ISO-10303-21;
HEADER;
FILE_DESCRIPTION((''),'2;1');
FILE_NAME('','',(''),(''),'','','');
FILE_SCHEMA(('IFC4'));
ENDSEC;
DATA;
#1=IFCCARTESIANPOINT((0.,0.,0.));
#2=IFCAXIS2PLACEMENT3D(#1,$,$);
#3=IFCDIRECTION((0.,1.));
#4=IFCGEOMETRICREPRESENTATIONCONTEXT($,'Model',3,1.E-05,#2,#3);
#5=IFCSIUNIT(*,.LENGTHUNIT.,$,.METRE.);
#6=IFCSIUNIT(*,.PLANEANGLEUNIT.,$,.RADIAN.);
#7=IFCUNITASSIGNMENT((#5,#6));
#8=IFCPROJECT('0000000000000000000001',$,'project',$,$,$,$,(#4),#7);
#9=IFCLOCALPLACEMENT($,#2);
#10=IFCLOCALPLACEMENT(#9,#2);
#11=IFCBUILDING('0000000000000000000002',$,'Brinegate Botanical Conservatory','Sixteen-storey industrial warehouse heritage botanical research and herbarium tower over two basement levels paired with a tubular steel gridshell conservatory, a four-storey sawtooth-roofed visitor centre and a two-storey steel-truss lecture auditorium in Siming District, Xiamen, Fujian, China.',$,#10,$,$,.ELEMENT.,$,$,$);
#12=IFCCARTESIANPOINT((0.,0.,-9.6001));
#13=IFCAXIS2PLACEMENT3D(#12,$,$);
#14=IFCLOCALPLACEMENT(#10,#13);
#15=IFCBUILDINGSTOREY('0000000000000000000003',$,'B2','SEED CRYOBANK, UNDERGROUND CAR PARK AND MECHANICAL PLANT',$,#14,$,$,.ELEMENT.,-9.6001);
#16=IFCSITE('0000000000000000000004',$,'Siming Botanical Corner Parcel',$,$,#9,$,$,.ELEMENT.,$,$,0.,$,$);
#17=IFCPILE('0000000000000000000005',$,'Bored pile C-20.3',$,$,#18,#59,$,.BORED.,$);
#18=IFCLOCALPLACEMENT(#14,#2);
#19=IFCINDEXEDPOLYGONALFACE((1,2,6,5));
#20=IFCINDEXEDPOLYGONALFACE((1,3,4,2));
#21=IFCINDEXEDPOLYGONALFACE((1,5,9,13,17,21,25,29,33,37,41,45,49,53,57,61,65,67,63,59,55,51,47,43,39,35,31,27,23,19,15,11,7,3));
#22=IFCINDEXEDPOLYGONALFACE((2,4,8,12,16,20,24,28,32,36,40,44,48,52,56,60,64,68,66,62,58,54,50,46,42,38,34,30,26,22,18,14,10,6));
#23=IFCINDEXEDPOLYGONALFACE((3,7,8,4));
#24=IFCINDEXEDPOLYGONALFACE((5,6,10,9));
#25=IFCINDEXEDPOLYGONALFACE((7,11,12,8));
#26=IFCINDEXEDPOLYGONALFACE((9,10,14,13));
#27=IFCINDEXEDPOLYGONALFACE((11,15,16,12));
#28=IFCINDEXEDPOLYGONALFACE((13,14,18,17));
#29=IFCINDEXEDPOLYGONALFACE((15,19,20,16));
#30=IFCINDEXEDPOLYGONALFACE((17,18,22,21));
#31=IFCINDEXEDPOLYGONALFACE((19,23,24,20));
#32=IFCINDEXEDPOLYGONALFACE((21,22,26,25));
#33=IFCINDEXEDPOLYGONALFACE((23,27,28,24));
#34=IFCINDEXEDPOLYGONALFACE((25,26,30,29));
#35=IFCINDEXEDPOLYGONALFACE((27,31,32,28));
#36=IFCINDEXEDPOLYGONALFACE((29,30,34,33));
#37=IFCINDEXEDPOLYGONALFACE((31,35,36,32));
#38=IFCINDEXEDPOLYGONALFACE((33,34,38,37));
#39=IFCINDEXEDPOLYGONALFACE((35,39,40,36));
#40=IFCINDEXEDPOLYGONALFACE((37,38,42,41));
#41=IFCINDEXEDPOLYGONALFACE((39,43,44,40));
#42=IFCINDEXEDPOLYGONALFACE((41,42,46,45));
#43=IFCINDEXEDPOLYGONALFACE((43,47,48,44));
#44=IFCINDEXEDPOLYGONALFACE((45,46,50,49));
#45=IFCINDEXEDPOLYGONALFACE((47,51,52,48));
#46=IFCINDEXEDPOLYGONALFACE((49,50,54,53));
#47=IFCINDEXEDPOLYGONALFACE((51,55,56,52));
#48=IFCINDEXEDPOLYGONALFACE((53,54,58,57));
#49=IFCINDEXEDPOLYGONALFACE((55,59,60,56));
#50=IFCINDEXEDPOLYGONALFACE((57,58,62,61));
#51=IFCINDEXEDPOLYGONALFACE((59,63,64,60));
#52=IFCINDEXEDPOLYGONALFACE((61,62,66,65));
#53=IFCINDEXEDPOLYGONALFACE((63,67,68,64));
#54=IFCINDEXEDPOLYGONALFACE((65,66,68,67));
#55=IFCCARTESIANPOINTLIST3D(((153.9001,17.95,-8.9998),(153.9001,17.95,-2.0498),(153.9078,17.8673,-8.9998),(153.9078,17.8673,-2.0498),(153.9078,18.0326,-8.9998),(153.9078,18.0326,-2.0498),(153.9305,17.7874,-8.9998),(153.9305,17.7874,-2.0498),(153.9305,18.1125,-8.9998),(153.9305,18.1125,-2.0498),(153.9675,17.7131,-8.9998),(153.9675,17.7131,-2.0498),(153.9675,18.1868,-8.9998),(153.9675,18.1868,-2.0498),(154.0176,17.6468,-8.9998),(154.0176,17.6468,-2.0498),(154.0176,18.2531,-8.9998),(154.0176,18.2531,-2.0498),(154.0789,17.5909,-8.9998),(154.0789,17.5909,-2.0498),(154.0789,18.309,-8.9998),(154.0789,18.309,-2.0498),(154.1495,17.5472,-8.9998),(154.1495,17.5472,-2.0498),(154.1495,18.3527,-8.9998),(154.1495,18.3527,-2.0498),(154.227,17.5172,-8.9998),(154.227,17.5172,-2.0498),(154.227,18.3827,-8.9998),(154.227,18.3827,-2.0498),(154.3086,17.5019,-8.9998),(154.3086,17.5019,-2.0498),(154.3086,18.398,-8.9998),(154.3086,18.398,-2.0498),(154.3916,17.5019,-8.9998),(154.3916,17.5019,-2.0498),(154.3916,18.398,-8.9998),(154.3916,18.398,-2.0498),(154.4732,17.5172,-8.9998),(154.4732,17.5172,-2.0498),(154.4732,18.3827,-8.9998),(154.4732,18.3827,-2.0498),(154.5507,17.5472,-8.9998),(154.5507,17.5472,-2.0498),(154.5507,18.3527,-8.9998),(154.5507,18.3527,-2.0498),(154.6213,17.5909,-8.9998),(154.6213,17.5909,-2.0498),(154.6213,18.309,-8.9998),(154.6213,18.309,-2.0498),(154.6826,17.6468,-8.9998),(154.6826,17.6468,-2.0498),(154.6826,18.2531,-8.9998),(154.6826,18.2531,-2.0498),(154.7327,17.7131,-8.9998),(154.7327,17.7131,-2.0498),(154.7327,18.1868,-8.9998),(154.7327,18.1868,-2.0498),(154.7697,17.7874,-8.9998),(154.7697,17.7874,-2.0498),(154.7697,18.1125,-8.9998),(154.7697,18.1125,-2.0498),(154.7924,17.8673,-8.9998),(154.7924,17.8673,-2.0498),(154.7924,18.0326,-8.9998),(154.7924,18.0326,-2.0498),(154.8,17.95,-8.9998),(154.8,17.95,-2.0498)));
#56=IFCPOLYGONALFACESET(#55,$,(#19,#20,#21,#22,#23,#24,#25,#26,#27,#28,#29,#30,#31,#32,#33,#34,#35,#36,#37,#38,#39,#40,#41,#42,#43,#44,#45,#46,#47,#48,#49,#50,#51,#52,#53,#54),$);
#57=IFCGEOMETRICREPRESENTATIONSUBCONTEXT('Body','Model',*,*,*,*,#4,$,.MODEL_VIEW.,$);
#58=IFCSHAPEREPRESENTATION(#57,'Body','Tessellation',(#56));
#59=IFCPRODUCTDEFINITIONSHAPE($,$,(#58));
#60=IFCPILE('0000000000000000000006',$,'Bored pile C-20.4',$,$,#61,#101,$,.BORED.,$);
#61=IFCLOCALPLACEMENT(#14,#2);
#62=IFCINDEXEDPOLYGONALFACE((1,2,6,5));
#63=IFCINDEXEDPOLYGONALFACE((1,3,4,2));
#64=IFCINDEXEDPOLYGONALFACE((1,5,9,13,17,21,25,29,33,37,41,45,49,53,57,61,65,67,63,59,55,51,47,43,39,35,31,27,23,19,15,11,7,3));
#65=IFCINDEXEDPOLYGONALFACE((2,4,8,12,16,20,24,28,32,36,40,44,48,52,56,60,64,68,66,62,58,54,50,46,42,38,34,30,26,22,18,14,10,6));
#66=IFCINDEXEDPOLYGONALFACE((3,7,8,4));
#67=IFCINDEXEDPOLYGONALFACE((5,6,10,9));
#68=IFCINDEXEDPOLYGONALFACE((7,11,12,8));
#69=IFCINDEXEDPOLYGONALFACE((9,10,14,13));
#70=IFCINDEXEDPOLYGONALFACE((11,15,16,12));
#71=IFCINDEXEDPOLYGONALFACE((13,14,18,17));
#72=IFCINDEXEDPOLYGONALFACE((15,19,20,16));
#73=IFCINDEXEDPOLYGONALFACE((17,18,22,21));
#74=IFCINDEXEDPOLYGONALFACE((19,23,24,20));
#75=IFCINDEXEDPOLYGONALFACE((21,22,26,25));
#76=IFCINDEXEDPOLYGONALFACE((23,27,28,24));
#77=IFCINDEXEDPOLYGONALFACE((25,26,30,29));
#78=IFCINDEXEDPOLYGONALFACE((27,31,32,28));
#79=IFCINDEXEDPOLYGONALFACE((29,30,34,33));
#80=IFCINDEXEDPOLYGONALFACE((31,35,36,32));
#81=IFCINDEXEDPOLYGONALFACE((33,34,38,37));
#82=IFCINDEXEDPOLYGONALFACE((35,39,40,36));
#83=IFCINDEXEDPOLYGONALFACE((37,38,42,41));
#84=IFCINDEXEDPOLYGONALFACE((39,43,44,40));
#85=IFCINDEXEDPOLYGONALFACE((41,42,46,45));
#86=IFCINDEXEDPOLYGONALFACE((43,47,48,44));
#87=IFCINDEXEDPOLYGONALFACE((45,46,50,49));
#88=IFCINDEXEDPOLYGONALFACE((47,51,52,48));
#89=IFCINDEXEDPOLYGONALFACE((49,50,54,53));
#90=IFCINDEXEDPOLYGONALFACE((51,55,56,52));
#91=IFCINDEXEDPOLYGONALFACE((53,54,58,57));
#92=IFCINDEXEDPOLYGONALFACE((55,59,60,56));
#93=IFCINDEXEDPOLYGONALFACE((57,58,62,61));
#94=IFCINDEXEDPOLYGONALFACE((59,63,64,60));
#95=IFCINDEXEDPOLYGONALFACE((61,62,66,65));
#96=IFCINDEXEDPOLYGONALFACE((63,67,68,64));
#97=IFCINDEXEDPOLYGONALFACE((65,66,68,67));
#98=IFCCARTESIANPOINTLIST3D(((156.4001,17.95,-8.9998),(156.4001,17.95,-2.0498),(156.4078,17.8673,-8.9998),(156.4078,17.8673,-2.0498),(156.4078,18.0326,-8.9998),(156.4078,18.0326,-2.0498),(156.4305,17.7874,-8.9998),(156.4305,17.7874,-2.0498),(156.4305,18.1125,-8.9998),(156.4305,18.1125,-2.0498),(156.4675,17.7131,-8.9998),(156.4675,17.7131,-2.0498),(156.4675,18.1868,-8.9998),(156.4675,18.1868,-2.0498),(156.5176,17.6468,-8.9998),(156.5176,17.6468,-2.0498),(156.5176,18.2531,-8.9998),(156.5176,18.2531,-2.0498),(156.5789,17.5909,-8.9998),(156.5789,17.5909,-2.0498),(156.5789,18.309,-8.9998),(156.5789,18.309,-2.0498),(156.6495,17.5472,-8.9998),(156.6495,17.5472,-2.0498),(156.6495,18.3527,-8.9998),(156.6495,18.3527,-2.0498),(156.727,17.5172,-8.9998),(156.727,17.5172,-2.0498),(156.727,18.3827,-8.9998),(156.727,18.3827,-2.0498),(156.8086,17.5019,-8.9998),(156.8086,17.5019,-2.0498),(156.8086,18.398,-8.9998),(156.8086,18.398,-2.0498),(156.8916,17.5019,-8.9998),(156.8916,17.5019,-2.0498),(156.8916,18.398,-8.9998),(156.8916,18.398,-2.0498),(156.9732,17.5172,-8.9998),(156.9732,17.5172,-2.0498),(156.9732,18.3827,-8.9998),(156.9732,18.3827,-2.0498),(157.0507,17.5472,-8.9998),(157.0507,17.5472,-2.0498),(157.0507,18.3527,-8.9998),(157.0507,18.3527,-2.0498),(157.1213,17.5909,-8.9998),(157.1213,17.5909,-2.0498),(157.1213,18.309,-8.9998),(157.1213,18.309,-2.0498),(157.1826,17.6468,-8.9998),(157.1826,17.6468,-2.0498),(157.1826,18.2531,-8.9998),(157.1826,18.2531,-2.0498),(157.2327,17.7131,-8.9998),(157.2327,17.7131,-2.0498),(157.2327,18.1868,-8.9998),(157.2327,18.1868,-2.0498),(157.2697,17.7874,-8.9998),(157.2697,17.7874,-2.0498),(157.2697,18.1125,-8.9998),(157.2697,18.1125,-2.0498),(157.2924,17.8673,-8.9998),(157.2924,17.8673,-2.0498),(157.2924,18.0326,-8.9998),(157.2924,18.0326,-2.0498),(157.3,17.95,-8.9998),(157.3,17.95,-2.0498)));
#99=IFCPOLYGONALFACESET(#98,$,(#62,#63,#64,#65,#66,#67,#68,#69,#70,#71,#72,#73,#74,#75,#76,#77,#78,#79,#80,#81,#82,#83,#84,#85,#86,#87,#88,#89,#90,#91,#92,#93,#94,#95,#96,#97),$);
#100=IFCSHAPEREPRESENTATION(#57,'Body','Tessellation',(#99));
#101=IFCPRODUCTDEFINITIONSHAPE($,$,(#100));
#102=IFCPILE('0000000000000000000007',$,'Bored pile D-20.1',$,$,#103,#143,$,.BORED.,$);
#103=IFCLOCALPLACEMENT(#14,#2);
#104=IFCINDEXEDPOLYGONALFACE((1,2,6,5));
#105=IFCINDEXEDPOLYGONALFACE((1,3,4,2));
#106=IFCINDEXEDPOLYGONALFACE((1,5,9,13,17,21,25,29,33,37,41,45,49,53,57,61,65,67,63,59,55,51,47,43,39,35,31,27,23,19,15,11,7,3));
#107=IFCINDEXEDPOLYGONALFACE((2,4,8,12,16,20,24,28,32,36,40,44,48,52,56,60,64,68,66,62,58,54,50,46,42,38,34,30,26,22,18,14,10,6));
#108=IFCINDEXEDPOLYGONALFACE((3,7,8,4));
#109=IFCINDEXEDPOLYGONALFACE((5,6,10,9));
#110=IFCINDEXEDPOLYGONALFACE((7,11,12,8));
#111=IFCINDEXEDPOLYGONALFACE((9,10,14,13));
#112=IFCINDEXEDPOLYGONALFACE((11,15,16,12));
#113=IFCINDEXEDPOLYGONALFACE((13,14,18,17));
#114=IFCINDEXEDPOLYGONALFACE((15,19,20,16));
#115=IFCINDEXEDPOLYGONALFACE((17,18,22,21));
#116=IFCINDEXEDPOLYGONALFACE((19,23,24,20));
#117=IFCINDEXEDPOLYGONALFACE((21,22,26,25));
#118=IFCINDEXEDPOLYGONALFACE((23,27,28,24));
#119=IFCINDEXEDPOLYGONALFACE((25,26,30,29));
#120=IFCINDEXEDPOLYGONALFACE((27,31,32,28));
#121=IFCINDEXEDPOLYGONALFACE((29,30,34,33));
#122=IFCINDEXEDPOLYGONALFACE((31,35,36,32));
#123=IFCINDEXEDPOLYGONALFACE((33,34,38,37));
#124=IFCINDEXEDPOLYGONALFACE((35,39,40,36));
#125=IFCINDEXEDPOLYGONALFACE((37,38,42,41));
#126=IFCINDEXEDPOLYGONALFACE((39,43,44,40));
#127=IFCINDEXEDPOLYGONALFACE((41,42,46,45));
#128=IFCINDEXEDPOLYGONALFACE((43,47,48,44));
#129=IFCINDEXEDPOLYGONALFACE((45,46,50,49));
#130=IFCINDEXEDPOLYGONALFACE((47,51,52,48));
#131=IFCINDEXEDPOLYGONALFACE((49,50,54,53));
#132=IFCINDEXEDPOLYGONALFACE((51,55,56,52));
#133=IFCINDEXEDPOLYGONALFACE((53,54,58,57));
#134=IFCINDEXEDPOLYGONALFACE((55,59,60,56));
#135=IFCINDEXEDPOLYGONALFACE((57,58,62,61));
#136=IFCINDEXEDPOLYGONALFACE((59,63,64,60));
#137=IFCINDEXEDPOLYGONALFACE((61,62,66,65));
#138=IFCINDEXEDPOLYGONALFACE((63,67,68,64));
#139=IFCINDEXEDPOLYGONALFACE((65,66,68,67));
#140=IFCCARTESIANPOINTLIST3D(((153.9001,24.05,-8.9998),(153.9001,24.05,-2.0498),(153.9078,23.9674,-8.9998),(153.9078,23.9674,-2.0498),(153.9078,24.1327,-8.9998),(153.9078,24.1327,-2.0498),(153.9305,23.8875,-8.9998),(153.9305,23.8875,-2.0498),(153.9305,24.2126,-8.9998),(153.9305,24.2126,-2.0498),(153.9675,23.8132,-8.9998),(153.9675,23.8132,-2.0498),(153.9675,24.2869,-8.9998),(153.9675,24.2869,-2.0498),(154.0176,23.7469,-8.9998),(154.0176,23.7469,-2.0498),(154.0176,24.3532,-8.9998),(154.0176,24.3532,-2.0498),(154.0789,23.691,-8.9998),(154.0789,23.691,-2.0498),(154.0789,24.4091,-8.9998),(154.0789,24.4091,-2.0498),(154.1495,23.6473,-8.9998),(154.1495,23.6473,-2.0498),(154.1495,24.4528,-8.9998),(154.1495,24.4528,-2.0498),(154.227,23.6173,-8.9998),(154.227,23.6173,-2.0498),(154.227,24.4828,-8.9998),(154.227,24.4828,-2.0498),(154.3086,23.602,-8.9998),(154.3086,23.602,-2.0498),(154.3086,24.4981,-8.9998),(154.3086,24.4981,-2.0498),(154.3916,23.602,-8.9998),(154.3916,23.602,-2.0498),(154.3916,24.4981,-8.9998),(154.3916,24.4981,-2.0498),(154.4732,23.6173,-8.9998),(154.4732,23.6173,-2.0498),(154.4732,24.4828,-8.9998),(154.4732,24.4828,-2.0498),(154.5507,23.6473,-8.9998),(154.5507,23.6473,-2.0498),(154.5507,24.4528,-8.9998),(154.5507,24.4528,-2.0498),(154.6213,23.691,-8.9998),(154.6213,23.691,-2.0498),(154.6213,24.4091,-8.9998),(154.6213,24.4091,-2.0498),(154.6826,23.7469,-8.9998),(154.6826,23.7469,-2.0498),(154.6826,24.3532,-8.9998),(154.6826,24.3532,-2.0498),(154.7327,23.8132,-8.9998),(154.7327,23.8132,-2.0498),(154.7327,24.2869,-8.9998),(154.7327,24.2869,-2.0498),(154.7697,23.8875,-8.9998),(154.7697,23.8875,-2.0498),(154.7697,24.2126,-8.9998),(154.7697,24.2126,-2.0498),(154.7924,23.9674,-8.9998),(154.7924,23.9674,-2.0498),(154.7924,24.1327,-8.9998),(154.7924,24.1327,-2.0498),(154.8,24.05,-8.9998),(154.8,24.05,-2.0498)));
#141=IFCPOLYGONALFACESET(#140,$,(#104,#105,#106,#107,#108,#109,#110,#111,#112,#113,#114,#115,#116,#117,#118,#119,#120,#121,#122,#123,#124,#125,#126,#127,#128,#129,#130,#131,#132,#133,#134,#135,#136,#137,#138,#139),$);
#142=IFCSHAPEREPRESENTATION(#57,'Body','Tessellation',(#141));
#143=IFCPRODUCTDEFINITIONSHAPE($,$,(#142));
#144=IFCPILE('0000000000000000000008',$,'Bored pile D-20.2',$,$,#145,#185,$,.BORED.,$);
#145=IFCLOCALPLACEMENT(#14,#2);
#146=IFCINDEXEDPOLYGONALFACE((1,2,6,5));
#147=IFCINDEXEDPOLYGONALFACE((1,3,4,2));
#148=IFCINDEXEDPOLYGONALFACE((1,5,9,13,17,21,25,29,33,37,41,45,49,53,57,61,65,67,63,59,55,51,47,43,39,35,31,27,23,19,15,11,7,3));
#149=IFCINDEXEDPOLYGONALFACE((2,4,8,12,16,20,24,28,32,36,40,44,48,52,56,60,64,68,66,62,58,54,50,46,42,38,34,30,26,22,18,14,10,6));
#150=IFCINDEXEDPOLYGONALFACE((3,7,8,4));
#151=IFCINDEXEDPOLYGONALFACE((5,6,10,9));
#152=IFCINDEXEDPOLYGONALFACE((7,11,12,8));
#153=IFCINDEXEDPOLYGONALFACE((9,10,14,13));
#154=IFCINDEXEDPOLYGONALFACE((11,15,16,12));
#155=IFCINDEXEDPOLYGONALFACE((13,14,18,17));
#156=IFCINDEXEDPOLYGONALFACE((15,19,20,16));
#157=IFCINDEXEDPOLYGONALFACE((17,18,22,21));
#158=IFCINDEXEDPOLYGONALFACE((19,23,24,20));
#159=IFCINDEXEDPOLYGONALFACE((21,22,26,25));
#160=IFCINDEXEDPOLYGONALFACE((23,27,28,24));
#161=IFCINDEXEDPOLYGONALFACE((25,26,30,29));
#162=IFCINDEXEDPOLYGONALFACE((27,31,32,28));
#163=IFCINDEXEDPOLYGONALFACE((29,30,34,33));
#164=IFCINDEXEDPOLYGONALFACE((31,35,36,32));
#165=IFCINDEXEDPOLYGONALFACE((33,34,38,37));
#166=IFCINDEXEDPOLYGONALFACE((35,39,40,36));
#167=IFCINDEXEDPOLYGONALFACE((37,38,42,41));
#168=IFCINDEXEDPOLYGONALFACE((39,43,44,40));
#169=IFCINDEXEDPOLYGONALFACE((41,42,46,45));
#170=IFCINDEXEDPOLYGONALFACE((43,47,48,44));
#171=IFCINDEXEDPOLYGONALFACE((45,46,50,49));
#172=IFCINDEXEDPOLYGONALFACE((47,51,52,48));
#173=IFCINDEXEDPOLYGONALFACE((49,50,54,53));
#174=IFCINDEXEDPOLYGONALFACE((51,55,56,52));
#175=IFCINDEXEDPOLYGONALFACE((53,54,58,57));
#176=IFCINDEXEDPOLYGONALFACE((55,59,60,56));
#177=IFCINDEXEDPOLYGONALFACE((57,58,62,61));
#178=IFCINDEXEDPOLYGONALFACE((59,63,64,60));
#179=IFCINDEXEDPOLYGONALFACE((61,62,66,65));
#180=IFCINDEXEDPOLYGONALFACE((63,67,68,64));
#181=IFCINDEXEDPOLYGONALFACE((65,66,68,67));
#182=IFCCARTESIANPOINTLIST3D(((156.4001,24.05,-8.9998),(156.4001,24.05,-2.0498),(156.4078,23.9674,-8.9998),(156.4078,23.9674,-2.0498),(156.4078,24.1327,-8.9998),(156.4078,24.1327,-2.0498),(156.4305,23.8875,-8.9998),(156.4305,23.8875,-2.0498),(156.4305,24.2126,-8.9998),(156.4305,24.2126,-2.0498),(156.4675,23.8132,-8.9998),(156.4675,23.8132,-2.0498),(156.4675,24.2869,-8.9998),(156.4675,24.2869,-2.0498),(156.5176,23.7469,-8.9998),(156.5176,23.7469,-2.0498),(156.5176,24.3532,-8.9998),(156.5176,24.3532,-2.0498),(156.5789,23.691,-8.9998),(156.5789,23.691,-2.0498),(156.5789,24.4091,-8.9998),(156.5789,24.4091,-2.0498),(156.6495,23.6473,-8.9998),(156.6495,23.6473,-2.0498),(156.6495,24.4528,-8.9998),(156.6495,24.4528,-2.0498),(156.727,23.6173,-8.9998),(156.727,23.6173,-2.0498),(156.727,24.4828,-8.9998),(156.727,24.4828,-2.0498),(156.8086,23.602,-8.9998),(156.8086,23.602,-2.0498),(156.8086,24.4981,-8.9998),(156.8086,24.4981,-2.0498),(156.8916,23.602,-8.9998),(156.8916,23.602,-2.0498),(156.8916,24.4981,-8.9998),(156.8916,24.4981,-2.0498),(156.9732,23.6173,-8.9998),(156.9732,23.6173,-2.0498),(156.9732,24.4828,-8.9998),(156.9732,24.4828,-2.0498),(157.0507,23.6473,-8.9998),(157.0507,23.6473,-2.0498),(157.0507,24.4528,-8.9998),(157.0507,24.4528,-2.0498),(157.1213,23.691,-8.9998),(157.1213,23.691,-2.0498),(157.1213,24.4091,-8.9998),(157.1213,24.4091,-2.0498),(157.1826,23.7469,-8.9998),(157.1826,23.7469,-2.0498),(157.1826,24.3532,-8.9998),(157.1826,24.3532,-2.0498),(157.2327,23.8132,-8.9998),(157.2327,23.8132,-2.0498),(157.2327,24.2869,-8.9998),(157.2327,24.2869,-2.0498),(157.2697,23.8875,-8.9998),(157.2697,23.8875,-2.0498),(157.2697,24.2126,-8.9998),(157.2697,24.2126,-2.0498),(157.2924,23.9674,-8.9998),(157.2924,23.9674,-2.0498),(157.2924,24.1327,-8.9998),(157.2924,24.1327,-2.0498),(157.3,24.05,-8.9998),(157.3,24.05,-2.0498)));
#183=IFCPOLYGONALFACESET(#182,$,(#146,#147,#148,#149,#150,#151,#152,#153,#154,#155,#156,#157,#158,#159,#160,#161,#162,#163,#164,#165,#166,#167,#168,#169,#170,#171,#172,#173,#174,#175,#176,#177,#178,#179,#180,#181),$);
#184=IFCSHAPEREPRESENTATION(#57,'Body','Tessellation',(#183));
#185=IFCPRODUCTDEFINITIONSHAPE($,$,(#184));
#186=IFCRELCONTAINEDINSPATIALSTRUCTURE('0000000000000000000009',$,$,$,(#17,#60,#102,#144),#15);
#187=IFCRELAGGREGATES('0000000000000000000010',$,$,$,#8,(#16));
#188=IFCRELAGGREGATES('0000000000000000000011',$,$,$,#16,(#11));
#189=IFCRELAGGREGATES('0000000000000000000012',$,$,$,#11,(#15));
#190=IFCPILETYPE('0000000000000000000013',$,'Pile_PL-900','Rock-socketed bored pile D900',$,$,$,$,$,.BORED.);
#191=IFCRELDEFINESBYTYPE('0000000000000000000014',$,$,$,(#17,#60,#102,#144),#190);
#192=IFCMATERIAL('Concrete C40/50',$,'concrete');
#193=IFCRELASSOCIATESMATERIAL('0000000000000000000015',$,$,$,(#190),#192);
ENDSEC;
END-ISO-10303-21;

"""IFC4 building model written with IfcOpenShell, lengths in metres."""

from ifc_helpers import new_model, si_unit, direction, frame, origin, origin_2d, place, context, subcontext, project, spatial, circle, extrude, material, material_profile, profile_set, type_object, element, save


model = new_model("IFC4")

# Units and contexts
model_context = context("Model", 3, precision=1e-05, world=origin(), true_north=direction((0.0, 1.0)))
body_context = subcontext(model_context, "Body", "Model", "MODEL_VIEW")
ifc_project = project(units=[si_unit("LENGTHUNIT", "METRE"), si_unit("PLANEANGLEUNIT", "RADIAN")], contexts=[model_context])

# Site, building, storey
site_placement = place(None, origin())
site = spatial("IfcSite", under=ifc_project, at=site_placement, Name="Siming Botanical Corner Parcel", CompositionType="ELEMENT", RefElevation=0.0)
building_placement = place(site_placement, origin())
building = spatial("IfcBuilding", under=site, at=building_placement, Name="Brinegate Botanical Conservatory", Description="Sixteen-storey industrial warehouse heritage botanical research and herbarium tower over two basement levels paired with a tubular steel gridshell conservatory, a four-storey sawtooth-roofed visitor centre and a two-storey steel-truss lecture auditorium in Siming District, Xiamen, Fujian, China.", CompositionType="ELEMENT")
storey_placement = place(building_placement, frame((0.0, 0.0, -9.6001)))
storey = spatial("IfcBuildingStorey", under=building, at=storey_placement, Name="B2", Description="SEED CRYOBANK, UNDERGROUND CAR PARK AND MECHANICAL PLANT", CompositionType="ELEMENT", Elevation=-9.6001)

# Shared definitions
ifc_material_1 = material(Name="Concrete C40/50", Category="concrete")

# Piles
ifc_material_profile_1 = material_profile(ifc_material_1, circle(Radius=0.45, at=origin_2d()), Name="PILE D900")
ifc_profile_set_1 = profile_set([ifc_material_profile_1], Name="Concrete C40/50")
pile_type = type_object("IfcPileType", Name="Pile_PL-900", Description="Rock-socketed bored pile D900", PredefinedType="BORED", material=ifc_profile_set_1)
for number, where, z_axis, x_axis, name in (
    (1, (154.3501, 17.95, -2.0498), (0.0, 0.0, -1.0), (1.0, 0.0, 0.0), "Bored pile C-20.3"),
    (2, (156.8501, 17.95, -2.0498), (0.0, 0.0, -1.0), (1.0, 0.0, 0.0), "Bored pile C-20.4"),
    (3, (154.3501, 24.05, -2.0498), (0.0, 0.0, -1.0), (1.0, 0.0, 0.0), "Bored pile D-20.1"),
    (4, (156.8501, 24.05, -2.0498), (0.0, 0.0, -1.0), (1.0, 0.0, 0.0), "Bored pile D-20.2"),
):
    element("IfcPile", number, at=place(storey_placement, frame(where, z_axis=z_axis, x_axis=x_axis)), inside=storey, type_object=pile_type, Name=name, PredefinedType="BORED", context=body_context, shape_type="SweptSolid", body=[
        extrude(circle(Radius=0.45, at=origin_2d()), origin(), (0.0, 0.0, 1.0), 6.95),
    ])

save(model, "model.ifc")
